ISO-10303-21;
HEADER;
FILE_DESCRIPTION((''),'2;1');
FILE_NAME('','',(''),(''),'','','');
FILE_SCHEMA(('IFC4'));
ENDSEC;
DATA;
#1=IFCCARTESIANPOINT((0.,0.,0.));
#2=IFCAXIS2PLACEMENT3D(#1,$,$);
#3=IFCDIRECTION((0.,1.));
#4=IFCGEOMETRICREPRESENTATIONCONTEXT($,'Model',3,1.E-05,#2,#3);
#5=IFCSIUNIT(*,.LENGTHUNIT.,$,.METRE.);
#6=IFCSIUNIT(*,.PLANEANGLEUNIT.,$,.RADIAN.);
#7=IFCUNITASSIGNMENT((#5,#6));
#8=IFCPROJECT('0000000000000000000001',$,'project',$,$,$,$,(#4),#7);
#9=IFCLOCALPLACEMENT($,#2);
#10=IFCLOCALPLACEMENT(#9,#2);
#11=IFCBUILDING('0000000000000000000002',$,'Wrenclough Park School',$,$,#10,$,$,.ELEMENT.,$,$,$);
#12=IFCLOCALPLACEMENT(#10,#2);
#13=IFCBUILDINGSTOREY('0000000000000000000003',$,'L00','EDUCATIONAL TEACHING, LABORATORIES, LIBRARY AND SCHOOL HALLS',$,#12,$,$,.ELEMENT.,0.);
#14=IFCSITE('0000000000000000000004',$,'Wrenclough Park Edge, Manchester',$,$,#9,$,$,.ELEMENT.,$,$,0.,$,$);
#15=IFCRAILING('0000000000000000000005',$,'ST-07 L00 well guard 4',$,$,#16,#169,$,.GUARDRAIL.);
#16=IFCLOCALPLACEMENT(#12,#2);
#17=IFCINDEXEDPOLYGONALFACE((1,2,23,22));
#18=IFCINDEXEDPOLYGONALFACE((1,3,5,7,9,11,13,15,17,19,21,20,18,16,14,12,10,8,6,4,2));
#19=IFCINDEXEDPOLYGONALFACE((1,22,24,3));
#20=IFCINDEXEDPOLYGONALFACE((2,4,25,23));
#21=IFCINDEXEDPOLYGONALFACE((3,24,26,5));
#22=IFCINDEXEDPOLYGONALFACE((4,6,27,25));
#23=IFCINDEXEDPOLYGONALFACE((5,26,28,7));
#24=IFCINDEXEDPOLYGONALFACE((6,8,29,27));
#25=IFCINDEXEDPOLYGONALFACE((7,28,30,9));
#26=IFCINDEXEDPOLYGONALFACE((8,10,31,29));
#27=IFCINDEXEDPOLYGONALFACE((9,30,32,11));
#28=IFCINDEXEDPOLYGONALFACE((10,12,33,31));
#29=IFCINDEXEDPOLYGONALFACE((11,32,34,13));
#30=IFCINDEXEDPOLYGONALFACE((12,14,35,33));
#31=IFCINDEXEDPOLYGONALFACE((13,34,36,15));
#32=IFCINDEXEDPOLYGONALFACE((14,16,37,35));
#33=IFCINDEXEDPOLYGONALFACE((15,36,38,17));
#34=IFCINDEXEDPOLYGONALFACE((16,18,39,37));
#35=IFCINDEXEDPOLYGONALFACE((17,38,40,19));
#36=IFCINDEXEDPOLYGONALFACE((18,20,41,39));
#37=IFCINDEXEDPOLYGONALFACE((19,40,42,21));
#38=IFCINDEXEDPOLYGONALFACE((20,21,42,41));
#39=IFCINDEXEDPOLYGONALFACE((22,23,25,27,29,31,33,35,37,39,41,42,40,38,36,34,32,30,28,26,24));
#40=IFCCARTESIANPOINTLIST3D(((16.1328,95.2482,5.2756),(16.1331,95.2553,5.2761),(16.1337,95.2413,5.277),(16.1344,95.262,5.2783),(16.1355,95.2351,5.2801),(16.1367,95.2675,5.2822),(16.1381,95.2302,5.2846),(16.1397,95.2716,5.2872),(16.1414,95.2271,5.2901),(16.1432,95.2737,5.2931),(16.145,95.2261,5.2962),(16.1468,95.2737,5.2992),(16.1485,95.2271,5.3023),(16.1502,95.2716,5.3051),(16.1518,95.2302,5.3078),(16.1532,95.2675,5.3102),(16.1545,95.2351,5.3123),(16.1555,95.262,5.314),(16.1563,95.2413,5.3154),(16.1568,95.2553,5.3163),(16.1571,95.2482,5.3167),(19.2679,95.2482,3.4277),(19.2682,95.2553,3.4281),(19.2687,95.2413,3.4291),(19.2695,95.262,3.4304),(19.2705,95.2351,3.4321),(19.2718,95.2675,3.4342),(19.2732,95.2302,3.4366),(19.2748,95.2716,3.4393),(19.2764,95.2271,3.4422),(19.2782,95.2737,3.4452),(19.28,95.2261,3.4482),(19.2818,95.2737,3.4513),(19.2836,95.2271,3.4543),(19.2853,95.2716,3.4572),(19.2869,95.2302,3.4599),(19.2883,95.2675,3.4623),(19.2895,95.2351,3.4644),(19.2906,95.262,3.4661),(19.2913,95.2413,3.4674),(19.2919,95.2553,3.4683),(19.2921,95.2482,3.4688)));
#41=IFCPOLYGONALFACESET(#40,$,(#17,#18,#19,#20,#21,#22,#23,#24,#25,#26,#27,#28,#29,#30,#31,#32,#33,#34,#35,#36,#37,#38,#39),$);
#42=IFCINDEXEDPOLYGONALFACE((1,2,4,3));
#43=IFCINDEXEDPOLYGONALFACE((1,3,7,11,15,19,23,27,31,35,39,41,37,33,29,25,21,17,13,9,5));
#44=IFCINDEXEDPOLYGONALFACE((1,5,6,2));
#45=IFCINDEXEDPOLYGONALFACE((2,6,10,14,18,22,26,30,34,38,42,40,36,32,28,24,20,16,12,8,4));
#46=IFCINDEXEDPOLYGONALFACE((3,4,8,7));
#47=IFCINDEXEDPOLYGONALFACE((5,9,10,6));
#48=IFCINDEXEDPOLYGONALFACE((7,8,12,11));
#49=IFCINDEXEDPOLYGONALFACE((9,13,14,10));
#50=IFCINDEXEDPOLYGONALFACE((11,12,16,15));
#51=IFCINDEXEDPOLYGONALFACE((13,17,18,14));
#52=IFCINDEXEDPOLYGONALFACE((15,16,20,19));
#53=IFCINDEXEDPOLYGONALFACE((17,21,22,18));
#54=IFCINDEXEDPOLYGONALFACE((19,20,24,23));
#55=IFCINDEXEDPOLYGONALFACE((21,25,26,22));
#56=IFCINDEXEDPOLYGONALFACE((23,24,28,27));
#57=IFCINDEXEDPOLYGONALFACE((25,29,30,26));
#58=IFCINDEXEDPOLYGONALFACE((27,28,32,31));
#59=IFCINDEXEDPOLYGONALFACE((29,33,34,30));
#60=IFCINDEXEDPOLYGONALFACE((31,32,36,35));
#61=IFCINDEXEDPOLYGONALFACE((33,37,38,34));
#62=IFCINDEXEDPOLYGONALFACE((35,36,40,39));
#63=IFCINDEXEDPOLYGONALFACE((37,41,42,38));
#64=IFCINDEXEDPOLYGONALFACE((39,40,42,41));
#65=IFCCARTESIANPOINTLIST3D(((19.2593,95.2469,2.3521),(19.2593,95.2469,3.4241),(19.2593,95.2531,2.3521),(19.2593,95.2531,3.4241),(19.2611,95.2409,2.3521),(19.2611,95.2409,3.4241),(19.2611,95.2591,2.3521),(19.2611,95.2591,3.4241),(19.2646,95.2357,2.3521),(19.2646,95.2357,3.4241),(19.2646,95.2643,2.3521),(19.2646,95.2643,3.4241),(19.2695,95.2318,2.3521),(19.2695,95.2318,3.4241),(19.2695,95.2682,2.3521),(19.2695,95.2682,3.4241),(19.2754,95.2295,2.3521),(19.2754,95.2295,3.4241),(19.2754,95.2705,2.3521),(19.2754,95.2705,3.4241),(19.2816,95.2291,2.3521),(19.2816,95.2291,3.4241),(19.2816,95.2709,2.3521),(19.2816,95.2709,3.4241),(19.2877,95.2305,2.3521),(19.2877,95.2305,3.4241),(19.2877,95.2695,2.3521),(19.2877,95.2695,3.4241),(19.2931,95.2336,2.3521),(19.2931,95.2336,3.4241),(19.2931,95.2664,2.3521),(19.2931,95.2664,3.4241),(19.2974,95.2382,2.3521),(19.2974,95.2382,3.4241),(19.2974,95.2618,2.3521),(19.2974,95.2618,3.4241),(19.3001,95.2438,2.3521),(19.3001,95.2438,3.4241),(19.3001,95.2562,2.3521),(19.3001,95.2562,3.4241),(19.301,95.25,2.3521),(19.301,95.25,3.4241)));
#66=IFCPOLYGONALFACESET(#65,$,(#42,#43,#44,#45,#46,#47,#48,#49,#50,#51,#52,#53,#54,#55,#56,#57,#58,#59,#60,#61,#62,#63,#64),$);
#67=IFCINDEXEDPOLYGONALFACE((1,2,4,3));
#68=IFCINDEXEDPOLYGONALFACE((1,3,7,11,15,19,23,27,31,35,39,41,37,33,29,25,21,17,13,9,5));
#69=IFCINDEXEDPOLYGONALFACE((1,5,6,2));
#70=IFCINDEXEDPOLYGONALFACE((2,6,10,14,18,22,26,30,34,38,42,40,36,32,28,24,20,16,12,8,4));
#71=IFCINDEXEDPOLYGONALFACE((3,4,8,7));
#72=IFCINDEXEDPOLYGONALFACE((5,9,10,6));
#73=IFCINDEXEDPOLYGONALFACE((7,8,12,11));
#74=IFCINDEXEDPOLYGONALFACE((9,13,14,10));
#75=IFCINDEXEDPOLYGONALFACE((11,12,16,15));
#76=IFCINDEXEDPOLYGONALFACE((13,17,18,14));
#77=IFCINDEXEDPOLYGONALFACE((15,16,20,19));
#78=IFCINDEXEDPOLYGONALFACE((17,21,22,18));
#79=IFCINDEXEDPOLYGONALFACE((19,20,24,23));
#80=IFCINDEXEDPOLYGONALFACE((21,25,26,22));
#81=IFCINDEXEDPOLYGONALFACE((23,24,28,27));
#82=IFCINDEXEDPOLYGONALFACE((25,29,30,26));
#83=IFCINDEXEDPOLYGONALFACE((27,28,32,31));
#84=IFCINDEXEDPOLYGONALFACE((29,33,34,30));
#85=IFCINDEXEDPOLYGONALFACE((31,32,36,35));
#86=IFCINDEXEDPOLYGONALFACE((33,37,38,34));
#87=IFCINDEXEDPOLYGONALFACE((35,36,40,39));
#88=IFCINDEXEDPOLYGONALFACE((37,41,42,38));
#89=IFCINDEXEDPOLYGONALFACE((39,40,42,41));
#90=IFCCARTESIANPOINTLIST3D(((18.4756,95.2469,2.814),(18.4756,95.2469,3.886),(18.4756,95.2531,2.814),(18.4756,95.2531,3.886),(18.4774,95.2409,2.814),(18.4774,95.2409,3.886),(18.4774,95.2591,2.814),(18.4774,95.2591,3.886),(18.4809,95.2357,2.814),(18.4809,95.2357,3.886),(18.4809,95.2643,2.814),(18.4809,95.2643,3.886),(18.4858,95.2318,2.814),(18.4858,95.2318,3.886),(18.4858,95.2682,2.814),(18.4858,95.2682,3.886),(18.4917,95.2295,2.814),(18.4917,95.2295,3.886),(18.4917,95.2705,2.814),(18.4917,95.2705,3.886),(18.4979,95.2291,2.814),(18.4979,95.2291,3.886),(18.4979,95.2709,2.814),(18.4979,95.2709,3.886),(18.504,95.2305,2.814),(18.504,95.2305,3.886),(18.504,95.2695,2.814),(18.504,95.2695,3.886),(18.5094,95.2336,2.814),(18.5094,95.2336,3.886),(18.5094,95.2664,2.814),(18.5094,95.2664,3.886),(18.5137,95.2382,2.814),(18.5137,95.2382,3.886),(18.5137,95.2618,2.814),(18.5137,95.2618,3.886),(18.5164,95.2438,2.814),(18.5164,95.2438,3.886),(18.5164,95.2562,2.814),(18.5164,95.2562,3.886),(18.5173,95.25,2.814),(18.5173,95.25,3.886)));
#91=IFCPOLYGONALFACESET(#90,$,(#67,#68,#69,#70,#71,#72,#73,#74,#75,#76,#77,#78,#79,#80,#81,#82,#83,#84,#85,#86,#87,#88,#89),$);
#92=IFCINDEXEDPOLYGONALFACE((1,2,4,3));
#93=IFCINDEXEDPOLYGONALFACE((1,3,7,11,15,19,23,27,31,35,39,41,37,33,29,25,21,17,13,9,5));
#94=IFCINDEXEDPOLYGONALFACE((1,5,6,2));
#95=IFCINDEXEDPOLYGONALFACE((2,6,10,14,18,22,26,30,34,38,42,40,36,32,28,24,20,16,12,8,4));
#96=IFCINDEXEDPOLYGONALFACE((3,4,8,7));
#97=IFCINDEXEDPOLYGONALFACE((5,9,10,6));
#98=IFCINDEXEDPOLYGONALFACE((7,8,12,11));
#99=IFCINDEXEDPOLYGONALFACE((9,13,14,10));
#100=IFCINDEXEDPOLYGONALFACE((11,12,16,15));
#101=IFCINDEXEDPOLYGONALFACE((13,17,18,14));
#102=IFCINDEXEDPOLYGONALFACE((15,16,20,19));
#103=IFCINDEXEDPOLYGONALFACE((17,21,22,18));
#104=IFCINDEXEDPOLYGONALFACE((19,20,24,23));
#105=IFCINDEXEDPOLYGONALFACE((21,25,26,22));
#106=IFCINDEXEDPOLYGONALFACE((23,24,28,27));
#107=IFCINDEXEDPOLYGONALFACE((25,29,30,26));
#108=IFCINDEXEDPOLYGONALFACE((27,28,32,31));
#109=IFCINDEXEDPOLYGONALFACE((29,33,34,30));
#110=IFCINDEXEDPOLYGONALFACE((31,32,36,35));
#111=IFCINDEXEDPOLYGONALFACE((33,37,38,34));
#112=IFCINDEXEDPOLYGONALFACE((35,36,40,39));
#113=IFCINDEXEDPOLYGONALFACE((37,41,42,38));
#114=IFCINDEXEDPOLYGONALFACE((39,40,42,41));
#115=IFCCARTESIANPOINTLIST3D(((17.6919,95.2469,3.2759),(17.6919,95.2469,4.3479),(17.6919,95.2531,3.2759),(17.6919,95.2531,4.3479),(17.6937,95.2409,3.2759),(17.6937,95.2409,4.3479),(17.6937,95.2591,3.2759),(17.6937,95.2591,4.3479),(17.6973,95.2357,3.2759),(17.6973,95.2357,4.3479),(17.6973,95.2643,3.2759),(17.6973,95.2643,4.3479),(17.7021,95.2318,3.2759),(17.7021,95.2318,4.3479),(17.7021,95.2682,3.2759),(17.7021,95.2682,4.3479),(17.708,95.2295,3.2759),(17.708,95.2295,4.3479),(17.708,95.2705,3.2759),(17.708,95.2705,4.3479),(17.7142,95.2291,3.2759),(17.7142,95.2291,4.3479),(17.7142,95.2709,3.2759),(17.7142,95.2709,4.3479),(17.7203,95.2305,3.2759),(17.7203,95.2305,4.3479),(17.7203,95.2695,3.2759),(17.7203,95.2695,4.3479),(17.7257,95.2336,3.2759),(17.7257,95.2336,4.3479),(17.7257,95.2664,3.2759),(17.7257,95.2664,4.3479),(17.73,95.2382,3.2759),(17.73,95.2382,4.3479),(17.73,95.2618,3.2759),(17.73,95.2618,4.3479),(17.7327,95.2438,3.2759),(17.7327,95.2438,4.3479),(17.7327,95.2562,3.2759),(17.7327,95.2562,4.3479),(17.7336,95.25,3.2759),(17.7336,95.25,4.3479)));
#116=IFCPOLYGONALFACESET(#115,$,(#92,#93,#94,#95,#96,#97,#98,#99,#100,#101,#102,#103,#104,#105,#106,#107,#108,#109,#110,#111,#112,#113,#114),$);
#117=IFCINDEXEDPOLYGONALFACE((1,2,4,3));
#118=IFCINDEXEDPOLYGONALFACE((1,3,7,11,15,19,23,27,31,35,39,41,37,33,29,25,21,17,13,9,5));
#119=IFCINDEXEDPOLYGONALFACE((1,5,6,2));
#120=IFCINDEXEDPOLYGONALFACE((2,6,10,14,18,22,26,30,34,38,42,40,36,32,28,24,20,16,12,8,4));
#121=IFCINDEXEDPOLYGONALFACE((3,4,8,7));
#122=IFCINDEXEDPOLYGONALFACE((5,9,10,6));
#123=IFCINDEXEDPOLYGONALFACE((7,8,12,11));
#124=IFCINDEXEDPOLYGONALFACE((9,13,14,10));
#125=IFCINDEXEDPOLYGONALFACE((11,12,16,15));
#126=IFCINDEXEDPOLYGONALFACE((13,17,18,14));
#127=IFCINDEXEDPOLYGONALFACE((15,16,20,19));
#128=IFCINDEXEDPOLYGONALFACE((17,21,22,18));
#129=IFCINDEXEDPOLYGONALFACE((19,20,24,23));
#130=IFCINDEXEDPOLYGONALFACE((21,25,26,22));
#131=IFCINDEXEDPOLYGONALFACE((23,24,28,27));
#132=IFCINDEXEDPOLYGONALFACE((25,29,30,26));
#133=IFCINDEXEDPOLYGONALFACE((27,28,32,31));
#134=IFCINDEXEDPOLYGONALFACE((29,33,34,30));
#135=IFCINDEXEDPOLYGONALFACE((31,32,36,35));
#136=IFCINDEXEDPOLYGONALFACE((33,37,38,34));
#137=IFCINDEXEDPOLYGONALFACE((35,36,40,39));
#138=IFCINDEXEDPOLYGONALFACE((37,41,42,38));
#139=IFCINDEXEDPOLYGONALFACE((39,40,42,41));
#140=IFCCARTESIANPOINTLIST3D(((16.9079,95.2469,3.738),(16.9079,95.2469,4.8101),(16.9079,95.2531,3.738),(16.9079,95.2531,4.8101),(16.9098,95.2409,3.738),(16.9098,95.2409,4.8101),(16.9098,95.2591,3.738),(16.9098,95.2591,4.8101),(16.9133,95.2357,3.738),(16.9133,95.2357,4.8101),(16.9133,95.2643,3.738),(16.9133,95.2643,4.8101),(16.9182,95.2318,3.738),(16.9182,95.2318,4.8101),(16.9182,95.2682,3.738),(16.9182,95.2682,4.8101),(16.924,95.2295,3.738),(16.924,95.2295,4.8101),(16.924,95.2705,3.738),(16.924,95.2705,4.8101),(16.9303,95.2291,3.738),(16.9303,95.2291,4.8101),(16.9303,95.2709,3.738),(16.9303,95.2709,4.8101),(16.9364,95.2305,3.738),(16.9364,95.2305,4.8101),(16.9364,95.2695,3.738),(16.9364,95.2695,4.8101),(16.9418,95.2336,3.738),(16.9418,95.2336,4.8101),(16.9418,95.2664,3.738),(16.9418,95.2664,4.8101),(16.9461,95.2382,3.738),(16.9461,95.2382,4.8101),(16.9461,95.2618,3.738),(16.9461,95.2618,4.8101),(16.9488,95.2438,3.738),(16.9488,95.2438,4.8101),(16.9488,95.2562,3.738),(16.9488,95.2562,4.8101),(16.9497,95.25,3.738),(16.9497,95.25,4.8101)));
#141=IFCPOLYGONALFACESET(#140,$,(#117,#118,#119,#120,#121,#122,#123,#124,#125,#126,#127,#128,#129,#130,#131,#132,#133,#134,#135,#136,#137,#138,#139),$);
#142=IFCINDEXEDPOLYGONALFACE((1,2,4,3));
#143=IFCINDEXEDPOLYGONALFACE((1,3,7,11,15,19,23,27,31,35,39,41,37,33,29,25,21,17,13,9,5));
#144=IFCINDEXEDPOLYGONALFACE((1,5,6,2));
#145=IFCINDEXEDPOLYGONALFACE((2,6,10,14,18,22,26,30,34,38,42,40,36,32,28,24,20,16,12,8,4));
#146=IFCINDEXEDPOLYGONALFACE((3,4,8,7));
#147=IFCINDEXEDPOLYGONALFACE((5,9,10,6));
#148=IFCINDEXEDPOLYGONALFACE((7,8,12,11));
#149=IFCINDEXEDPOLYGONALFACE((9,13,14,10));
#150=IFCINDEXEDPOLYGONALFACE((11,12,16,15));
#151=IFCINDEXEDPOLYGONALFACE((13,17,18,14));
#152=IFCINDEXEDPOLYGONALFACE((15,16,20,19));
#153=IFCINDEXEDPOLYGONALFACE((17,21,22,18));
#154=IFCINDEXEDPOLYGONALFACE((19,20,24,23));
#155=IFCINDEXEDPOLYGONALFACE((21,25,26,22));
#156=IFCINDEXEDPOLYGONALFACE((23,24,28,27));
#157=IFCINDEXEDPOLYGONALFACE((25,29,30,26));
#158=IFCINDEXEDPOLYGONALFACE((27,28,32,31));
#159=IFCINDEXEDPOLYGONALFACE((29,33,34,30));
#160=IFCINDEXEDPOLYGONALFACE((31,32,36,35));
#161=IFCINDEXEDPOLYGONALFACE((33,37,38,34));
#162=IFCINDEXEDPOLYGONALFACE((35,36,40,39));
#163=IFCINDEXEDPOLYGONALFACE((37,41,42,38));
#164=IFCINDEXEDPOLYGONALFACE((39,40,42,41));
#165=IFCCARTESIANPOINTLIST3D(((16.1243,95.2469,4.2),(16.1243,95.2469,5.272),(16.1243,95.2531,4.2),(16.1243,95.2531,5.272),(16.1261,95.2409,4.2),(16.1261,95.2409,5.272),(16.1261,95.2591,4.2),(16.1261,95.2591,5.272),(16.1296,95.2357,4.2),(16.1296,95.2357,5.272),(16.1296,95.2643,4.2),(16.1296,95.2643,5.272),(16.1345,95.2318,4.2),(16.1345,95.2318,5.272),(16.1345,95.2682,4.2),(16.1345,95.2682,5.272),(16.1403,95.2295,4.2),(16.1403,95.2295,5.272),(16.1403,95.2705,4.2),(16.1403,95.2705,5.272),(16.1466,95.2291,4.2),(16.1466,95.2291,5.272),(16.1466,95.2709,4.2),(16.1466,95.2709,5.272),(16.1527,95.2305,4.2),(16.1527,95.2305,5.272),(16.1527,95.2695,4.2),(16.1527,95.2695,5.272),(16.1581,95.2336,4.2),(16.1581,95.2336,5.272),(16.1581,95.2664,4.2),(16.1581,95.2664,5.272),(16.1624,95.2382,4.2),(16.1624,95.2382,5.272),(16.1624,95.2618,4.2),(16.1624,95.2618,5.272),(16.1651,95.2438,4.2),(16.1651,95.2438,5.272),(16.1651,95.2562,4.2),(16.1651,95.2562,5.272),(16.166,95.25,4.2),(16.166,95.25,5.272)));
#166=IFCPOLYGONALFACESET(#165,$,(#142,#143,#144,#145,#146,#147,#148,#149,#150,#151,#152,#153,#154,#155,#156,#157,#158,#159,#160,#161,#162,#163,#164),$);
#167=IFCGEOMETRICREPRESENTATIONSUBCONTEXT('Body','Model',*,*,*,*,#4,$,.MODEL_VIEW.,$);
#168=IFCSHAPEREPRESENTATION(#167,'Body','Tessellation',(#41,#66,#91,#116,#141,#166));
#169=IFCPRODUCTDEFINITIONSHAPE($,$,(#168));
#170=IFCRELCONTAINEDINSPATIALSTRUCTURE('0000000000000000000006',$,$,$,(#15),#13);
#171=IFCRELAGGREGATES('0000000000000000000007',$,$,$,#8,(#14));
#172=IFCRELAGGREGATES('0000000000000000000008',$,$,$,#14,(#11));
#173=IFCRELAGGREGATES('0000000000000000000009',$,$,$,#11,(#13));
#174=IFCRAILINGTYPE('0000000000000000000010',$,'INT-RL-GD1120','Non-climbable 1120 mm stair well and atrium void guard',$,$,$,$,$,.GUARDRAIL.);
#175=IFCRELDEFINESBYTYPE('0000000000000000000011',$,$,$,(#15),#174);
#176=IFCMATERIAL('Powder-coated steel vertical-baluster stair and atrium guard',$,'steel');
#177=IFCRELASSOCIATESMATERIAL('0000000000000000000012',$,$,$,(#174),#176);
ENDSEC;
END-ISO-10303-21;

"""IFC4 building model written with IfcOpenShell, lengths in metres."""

from ifc_helpers import new_model, si_unit, direction, frame, origin, origin_2d, place, context, subcontext, project, spatial, circle, extrude, material, type_object, element, save


model = new_model("IFC4")

# Units and contexts
model_context = context("Model", 3, precision=1e-05, world=origin(), true_north=direction((0.0, 1.0)))
body_context = subcontext(model_context, "Body", "Model", "MODEL_VIEW")
ifc_project = project(units=[si_unit("LENGTHUNIT", "METRE"), si_unit("PLANEANGLEUNIT", "RADIAN")], contexts=[model_context])

# Site, building, storey
site_placement = place(None, origin())
site = spatial("IfcSite", under=ifc_project, at=site_placement, Name="Wrenclough Park Edge, Manchester", CompositionType="ELEMENT", RefElevation=0.0)
building_placement = place(site_placement, origin())
building = spatial("IfcBuilding", under=site, at=building_placement, Name="Wrenclough Park School", CompositionType="ELEMENT")
storey_placement = place(building_placement, origin())
storey = spatial("IfcBuildingStorey", under=building, at=storey_placement, Name="L00", Description="EDUCATIONAL TEACHING, LABORATORIES, LIBRARY AND SCHOOL HALLS", CompositionType="ELEMENT", Elevation=0.0)

# Railing
ifc_material_1 = material(Name="Powder-coated steel vertical-baluster stair and atrium guard", Category="steel")
railing_type_1 = type_object("IfcRailingType", Name="INT-RL-GD1120", Description="Non-climbable 1120 mm stair well and atrium void guard", PredefinedType="GUARDRAIL", material=ifc_material_1)
railing_1_placement = place(storey_placement, frame((19.28, 95.25, 2.3521)))
element("IfcRailing", 1, at=railing_1_placement, inside=storey, type_object=railing_type_1, Name="ST-07 L00 well guard 4", PredefinedType="GUARDRAIL", context=body_context, shape_type="SweptSolid", body=[
    extrude(circle(Radius=0.0239, at=origin_2d()), frame((0.0, 0.0, 1.0962), z_axis=(-0.86148, 0.0, 0.507791), x_axis=(0.0, -1.0, 0.0)), (0.0, 0.0, 1.0), 3.6392),
    extrude(circle(Radius=0.021, at=origin_2d()), origin(), (0.0, 0.0, 1.0), 1.072),
    extrude(circle(Radius=0.021, at=origin_2d()), frame((-0.7837, 0.0, 0.4619)), (0.0, 0.0, 1.0), 1.072),
    extrude(circle(Radius=0.021, at=origin_2d()), frame((-1.5674, 0.0, 0.9238)), (0.0, 0.0, 1.0), 1.072),
    extrude(circle(Radius=0.021, at=origin_2d()), frame((-2.3513, 0.0, 1.386)), (0.0, 0.0, 1.0), 1.072),
    extrude(circle(Radius=0.021, at=origin_2d()), frame((-3.135, 0.0, 1.8479)), (0.0, 0.0, 1.0), 1.072),
])

save(model, "model.ifc")
